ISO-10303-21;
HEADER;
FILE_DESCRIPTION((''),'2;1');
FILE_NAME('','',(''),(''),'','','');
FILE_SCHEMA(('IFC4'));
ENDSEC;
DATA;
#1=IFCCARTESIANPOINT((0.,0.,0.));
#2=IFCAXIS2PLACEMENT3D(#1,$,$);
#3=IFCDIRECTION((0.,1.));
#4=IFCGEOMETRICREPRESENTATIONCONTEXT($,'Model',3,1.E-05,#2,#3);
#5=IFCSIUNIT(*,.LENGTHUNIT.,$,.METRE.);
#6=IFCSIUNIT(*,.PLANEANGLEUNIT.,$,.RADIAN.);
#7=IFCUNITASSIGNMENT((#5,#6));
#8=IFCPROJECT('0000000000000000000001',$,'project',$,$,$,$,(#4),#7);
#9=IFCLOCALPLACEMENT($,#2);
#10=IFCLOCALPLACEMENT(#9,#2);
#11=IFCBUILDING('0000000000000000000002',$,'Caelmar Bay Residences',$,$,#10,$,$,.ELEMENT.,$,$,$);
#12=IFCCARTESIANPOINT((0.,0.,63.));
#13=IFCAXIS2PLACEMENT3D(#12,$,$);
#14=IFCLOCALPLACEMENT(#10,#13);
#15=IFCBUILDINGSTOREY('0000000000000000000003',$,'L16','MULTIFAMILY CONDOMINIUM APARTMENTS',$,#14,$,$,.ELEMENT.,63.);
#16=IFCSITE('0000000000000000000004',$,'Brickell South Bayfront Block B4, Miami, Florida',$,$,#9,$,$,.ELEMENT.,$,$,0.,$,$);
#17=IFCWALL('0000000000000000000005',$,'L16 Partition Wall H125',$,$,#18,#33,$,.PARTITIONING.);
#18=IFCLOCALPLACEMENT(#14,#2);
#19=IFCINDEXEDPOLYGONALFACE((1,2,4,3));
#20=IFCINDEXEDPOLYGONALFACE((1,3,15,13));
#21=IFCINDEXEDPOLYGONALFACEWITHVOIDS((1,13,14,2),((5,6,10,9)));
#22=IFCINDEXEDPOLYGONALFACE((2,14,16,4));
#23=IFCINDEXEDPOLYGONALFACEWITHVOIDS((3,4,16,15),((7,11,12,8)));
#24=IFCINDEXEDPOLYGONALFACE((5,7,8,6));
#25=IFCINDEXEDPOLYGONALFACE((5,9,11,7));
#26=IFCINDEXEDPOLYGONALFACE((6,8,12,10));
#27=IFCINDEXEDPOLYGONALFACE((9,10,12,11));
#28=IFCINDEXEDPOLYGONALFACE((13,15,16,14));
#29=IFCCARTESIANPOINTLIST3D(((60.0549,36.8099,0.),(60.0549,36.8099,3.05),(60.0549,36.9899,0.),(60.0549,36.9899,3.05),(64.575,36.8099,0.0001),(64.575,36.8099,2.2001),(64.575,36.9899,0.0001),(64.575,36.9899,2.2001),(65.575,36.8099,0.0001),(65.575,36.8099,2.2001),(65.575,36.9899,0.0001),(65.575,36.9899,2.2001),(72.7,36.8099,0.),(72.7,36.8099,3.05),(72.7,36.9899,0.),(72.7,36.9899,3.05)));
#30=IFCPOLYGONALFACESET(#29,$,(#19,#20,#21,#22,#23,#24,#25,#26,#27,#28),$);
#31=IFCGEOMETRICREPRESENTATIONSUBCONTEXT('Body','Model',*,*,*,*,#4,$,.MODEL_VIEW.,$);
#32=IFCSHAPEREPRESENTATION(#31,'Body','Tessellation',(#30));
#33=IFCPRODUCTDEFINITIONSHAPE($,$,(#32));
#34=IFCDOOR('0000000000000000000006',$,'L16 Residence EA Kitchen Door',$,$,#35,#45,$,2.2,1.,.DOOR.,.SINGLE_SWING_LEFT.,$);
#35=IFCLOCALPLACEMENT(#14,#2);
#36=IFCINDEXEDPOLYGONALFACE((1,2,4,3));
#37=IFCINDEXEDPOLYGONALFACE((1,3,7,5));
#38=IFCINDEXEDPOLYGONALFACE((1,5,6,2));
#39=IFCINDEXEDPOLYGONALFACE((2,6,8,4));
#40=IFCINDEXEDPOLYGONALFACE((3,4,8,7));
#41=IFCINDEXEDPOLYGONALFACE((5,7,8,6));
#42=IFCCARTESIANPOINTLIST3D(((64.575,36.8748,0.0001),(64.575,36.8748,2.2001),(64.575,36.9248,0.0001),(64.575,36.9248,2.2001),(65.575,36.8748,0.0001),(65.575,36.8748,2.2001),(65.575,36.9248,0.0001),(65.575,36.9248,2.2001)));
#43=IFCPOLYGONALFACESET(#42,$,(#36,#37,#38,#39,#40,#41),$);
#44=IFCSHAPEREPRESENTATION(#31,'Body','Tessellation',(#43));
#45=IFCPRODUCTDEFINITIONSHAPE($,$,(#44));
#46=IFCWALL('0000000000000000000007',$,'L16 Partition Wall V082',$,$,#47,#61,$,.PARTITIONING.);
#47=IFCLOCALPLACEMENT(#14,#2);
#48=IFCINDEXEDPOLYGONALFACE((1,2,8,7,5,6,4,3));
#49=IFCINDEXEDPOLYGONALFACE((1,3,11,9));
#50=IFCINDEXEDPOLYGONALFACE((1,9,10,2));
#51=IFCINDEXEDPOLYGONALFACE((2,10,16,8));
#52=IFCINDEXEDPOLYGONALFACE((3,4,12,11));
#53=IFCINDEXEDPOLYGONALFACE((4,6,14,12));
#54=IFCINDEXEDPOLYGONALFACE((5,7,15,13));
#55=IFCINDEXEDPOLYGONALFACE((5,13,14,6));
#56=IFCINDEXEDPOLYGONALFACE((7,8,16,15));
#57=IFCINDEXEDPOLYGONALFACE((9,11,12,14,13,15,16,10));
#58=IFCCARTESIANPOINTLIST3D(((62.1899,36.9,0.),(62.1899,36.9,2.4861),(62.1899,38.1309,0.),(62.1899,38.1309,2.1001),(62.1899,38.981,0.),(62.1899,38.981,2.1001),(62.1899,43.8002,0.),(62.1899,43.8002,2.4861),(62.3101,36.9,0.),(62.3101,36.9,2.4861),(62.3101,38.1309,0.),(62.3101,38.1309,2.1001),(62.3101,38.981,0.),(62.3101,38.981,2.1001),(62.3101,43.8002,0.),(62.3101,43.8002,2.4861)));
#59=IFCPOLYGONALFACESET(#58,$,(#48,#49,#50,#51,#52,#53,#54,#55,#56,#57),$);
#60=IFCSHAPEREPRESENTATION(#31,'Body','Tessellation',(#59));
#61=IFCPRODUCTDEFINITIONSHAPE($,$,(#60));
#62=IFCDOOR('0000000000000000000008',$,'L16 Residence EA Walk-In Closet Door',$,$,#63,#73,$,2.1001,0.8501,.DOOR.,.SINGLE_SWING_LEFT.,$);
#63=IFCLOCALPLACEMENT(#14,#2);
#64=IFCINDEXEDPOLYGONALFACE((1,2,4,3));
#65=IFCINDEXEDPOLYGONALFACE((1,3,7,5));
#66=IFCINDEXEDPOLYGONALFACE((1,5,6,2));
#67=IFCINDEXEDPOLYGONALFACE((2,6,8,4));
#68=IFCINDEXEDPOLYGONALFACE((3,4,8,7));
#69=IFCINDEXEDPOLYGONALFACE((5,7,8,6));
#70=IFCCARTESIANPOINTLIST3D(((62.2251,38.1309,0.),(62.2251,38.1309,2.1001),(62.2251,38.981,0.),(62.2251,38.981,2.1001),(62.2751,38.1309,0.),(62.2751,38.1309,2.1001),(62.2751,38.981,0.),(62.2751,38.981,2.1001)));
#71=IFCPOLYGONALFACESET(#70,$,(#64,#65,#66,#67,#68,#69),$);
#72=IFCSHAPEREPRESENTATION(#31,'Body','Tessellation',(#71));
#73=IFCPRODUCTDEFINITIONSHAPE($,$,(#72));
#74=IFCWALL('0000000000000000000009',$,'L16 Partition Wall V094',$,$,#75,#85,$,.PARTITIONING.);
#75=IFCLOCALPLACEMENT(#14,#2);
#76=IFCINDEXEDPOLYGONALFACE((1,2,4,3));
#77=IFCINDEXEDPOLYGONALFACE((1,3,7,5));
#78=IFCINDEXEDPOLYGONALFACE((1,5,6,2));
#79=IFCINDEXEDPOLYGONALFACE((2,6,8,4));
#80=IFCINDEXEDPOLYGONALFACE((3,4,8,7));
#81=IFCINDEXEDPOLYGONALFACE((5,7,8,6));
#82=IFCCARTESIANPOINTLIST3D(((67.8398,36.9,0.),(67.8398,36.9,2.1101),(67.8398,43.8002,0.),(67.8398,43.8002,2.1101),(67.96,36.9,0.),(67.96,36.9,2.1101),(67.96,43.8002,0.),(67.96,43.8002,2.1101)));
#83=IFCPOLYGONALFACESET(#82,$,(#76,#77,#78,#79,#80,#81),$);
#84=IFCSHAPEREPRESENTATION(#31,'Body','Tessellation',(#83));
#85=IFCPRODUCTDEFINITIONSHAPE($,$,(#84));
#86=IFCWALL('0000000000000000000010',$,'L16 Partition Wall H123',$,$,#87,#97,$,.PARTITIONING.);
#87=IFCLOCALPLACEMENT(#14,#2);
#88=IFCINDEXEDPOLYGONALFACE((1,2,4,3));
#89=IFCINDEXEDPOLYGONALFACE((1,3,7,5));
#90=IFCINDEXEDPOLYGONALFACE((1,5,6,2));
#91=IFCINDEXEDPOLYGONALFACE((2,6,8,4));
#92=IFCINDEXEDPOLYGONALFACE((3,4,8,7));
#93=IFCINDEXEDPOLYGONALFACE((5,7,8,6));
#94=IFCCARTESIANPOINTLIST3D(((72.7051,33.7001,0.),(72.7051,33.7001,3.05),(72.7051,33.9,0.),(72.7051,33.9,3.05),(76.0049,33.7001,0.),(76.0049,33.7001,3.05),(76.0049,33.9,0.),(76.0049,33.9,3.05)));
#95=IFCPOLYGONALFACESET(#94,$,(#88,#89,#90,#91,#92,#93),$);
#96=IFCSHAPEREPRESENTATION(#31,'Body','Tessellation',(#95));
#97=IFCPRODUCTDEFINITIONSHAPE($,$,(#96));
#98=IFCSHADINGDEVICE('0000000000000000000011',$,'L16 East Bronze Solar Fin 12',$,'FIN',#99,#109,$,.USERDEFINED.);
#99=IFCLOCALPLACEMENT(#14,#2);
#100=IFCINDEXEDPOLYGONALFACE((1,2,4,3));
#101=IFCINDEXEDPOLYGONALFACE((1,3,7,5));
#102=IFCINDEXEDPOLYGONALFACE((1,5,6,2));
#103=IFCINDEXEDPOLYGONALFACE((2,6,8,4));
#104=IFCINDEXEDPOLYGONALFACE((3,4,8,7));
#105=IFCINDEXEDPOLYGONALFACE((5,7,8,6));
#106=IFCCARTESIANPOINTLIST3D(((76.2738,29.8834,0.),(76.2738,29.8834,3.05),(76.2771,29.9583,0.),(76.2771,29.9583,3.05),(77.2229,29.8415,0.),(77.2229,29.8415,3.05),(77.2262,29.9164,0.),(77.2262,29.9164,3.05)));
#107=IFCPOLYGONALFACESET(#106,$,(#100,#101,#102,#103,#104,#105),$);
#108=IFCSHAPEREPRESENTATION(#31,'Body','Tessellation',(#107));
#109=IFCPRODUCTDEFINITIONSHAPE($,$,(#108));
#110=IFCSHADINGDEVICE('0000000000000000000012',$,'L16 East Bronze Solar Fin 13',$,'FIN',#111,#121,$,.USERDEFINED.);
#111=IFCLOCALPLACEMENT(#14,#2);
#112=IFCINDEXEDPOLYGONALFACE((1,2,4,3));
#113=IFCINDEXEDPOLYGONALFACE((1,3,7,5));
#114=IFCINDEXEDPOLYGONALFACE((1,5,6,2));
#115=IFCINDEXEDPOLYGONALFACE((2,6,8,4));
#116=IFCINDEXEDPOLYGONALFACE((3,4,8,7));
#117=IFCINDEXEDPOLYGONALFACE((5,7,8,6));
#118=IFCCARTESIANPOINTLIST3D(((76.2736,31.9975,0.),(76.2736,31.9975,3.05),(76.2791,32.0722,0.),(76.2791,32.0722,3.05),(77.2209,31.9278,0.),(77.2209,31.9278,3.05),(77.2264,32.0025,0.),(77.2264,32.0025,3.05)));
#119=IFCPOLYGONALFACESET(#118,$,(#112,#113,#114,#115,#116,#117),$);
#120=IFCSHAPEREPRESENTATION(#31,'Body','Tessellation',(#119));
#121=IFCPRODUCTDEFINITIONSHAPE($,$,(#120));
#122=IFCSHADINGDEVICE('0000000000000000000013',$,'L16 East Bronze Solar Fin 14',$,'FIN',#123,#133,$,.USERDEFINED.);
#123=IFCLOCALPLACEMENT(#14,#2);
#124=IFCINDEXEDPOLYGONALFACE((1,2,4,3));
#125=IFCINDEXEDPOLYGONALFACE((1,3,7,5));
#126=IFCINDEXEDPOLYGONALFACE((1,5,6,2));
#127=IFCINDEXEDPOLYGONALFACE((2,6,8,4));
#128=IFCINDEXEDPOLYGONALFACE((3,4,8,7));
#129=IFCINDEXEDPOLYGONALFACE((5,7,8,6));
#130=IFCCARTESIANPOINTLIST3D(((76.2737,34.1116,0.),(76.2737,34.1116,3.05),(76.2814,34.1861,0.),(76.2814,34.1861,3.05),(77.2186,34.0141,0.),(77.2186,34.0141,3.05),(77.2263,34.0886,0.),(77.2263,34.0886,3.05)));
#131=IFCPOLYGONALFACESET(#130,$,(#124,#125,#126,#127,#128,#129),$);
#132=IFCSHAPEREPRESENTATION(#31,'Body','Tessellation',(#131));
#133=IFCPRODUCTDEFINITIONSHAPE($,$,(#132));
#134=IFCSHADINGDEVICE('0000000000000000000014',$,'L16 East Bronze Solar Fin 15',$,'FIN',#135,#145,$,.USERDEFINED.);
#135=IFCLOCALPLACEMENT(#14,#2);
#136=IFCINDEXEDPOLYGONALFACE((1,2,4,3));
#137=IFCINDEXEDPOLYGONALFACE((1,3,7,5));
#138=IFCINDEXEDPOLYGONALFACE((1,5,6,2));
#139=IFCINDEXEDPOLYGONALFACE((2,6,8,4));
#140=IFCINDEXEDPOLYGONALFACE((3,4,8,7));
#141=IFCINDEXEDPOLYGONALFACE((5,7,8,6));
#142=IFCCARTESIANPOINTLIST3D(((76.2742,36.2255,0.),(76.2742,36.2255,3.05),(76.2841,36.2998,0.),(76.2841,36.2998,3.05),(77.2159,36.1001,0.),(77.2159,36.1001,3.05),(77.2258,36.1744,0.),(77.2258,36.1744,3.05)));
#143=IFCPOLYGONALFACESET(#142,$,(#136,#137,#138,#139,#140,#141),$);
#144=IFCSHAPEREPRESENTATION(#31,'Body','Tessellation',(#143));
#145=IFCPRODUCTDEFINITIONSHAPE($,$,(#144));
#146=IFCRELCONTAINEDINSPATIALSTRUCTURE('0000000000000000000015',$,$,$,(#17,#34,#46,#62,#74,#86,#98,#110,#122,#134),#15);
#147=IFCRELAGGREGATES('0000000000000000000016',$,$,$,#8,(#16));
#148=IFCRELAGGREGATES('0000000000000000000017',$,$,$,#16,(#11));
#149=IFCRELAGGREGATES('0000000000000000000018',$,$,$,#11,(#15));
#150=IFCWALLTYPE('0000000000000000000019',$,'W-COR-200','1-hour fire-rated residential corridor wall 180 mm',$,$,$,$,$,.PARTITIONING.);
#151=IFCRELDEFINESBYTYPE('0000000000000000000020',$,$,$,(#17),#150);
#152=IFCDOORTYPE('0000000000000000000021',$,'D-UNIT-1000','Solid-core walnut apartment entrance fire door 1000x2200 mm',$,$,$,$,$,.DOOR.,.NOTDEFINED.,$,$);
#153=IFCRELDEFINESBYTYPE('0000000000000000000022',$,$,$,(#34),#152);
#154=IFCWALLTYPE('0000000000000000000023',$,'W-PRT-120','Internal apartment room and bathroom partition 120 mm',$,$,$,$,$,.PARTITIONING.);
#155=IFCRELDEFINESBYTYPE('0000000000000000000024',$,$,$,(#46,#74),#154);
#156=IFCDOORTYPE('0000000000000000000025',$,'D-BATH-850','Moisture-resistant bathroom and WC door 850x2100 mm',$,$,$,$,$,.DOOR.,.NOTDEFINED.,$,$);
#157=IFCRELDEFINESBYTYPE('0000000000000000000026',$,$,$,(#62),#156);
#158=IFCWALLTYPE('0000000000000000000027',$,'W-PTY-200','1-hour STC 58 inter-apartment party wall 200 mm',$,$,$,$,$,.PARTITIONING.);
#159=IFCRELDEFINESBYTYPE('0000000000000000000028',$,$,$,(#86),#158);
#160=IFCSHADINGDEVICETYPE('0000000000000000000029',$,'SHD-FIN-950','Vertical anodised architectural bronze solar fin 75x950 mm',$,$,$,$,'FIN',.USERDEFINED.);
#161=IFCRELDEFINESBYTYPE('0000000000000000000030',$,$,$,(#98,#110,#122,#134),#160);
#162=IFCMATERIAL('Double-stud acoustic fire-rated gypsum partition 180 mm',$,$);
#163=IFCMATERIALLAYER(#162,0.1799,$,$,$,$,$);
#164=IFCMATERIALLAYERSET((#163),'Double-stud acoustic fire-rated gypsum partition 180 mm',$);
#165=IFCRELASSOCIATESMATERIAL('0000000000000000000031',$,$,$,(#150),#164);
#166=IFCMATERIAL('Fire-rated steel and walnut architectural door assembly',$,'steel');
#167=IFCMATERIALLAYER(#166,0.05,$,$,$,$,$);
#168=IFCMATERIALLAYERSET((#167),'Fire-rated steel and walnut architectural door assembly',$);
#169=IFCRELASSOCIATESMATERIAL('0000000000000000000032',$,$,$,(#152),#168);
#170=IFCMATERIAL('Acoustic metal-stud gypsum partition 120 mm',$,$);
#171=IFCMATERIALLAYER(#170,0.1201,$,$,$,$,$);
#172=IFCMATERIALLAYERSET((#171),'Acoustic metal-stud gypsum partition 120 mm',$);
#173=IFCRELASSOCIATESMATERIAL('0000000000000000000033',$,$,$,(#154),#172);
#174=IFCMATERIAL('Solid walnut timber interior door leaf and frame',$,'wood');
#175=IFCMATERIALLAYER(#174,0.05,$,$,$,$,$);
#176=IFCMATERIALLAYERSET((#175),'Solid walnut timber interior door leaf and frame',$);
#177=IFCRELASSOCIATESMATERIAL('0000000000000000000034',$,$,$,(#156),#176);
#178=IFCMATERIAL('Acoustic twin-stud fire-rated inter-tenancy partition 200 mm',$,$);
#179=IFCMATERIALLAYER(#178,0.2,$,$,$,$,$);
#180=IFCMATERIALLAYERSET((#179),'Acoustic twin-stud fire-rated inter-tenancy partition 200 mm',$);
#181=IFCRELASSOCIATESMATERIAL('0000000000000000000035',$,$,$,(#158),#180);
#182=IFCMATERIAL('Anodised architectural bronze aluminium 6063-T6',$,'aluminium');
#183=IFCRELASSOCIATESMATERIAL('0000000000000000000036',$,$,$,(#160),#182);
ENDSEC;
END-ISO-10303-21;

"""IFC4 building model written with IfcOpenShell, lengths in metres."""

from ifc_helpers import new_model, si_unit, direction, frame, frame_2d, origin, origin_2d, place, context, subcontext, project, spatial, rectangle, extrude, material, layer, layer_set, material_profile, profile_set, type_object, element, fill, save


model = new_model("IFC4")

# Units and contexts
model_context = context("Model", 3, precision=1e-05, world=origin(), true_north=direction((0.0, 1.0)))
body_context = subcontext(model_context, "Body", "Model", "MODEL_VIEW")
ifc_project = project(units=[si_unit("LENGTHUNIT", "METRE"), si_unit("PLANEANGLEUNIT", "RADIAN")], contexts=[model_context])

# Site, building, storey
site_placement = place(None, origin())
site = spatial("IfcSite", under=ifc_project, at=site_placement, Name="Brickell South Bayfront Block B4, Miami, Florida", CompositionType="ELEMENT", RefElevation=0.0)
building_placement = place(site_placement, origin())
building = spatial("IfcBuilding", under=site, at=building_placement, Name="Caelmar Bay Residences", CompositionType="ELEMENT")
storey_placement = place(building_placement, frame((0.0, 0.0, 63.0)))
storey = spatial("IfcBuildingStorey", under=building, at=storey_placement, Name="L16", Description="MULTIFAMILY CONDOMINIUM APARTMENTS", CompositionType="ELEMENT", Elevation=63.0)

# Shared definitions
ifc_material_1 = material(Name="Double-stud acoustic fire-rated gypsum partition 180 mm")
ifc_layer_1 = layer(ifc_material_1, 0.1799)
ifc_layer_set_1 = layer_set([ifc_layer_1], Name="Double-stud acoustic fire-rated gypsum partition 180 mm")
wall_type_1 = type_object("IfcWallType", Name="W-COR-200", Description="1-hour fire-rated residential corridor wall 180 mm", PredefinedType="PARTITIONING", material=ifc_layer_set_1)

# Walls, openings, doors
wall_1_placement = place(storey_placement, frame((60.0549, 36.8999, 0.0), z_axis=(0.0, 0.0, 1.0), x_axis=(1.0, 0.0, 0.0)))
wall_1 = element("IfcWall", 1, at=wall_1_placement, inside=storey, type_object=wall_type_1, Name="L16 Partition Wall H125", PredefinedType="PARTITIONING", context=body_context, shape_type="SweptSolid", body=[
    extrude(rectangle(XDim=12.645, YDim=0.1799, at=frame_2d((6.3225, 0.0))), origin(), (0.0, 0.0, 1.0), 3.05),
])
opening_1_placement = place(wall_1_placement, frame((4.52, 0.0, 0.0)))
opening_1 = element("IfcOpeningElement", 2, at=opening_1_placement, cuts=wall_1, PredefinedType="OPENING", context=body_context, shape_type="SweptSolid", body=[
    extrude(rectangle(XDim=1.0, YDim=2.2, at=frame_2d((0.5, 1.1001))), frame((0.0, 0.0999, 0.0), z_axis=(0.0, -1.0, 0.0), x_axis=(1.0, 0.0, 0.0)), (0.0, 0.0, 1.0), 0.2),
])
ifc_material_2 = material(Name="Fire-rated steel and walnut architectural door assembly", Category="steel")
ifc_layer_2 = layer(ifc_material_2, 0.05)
ifc_layer_set_2 = layer_set([ifc_layer_2], Name="Fire-rated steel and walnut architectural door assembly")
door_type_1 = type_object("IfcDoorType", Name="D-UNIT-1000", Description="Solid-core walnut apartment entrance fire door 1000x2200 mm", OperationType="NOTDEFINED", PredefinedType="DOOR", material=ifc_layer_set_2)
door_1_placement = place(opening_1_placement, origin())
door_1 = element("IfcDoor", 3, at=door_1_placement, inside=storey, type_object=door_type_1, Name="L16 Residence EA Kitchen Door", OperationType="SINGLE_SWING_LEFT", OverallHeight=2.2, OverallWidth=1.0, PredefinedType="DOOR", context=body_context, shape_type="SweptSolid", body=[
    extrude(rectangle(XDim=1.0, YDim=2.2, at=frame_2d((0.5, 1.1001))), frame((0.0, 0.0249, 0.0), z_axis=(0.0, -1.0, 0.0), x_axis=(1.0, 0.0, 0.0)), (0.0, 0.0, 1.0), 0.05),
])
fill(opening_1, door_1)
ifc_material_3 = material(Name="Acoustic metal-stud gypsum partition 120 mm")
ifc_layer_3 = layer(ifc_material_3, 0.1201)
ifc_layer_set_3 = layer_set([ifc_layer_3], Name="Acoustic metal-stud gypsum partition 120 mm")
wall_type_2 = type_object("IfcWallType", Name="W-PRT-120", Description="Internal apartment room and bathroom partition 120 mm", PredefinedType="PARTITIONING", material=ifc_layer_set_3)
wall_2_placement = place(storey_placement, frame((62.25, 36.8999, 0.0), z_axis=(0.0, 0.0, 1.0), x_axis=(0.0, 1.0, 0.0)))
wall_2 = element("IfcWall", 4, at=wall_2_placement, inside=storey, type_object=wall_type_2, Name="L16 Partition Wall V082", PredefinedType="PARTITIONING", context=body_context, shape_type="SweptSolid", body=[
    extrude(rectangle(XDim=6.9001, YDim=0.1201, at=frame_2d((3.4502, 0.0))), origin(), (0.0, 0.0, 1.0), 2.4861),
])
opening_2_placement = place(wall_2_placement, frame((1.231, 0.0, 0.0)))
opening_2 = element("IfcOpeningElement", 5, at=opening_2_placement, cuts=wall_2, PredefinedType="OPENING", context=body_context, shape_type="SweptSolid", body=[
    extrude(rectangle(XDim=0.8501, YDim=2.1001, at=frame_2d((0.425, 1.05))), frame((0.0, 0.0701, 0.0), z_axis=(0.0, -1.0, 0.0), x_axis=(1.0, 0.0, 0.0)), (0.0, 0.0, 1.0), 0.1401),
])
ifc_material_4 = material(Name="Solid walnut timber interior door leaf and frame", Category="wood")
ifc_layer_4 = layer(ifc_material_4, 0.05)
ifc_layer_set_4 = layer_set([ifc_layer_4], Name="Solid walnut timber interior door leaf and frame")
door_type_2 = type_object("IfcDoorType", Name="D-BATH-850", Description="Moisture-resistant bathroom and WC door 850x2100 mm", OperationType="NOTDEFINED", PredefinedType="DOOR", material=ifc_layer_set_4)
door_2_placement = place(opening_2_placement, origin())
door_2 = element("IfcDoor", 6, at=door_2_placement, inside=storey, type_object=door_type_2, Name="L16 Residence EA Walk-In Closet Door", OperationType="SINGLE_SWING_LEFT", OverallHeight=2.1001, OverallWidth=0.8501, PredefinedType="DOOR", context=body_context, shape_type="SweptSolid", body=[
    extrude(rectangle(XDim=0.8501, YDim=2.1001, at=frame_2d((0.425, 1.05))), frame((0.0, 0.0249, 0.0), z_axis=(0.0, -1.0, 0.0), x_axis=(1.0, 0.0, 0.0)), (0.0, 0.0, 1.0), 0.05),
])
fill(opening_2, door_2)

# Walls
wall_3_placement = place(storey_placement, frame((67.8999, 36.8999, 0.0), z_axis=(0.0, 0.0, 1.0), x_axis=(0.0, 1.0, 0.0)))
element("IfcWall", 7, at=wall_3_placement, inside=storey, type_object=wall_type_2, Name="L16 Partition Wall V094", PredefinedType="PARTITIONING", context=body_context, shape_type="SweptSolid", body=[
    extrude(rectangle(XDim=6.9001, YDim=0.1201, at=frame_2d((3.4502, 0.0))), origin(), (0.0, 0.0, 1.0), 2.1101),
])
ifc_material_5 = material(Name="Acoustic twin-stud fire-rated inter-tenancy partition 200 mm")
ifc_layer_5 = layer(ifc_material_5, 0.2)
ifc_layer_set_5 = layer_set([ifc_layer_5], Name="Acoustic twin-stud fire-rated inter-tenancy partition 200 mm")
wall_type_3 = type_object("IfcWallType", Name="W-PTY-200", Description="1-hour STC 58 inter-apartment party wall 200 mm", PredefinedType="PARTITIONING", material=ifc_layer_set_5)
wall_4_placement = place(storey_placement, frame((72.7051, 33.8, 0.0), z_axis=(0.0, 0.0, 1.0), x_axis=(1.0, 0.0, 0.0)))
element("IfcWall", 8, at=wall_4_placement, inside=storey, type_object=wall_type_3, Name="L16 Partition Wall H123", PredefinedType="PARTITIONING", context=body_context, shape_type="SweptSolid", body=[
    extrude(rectangle(XDim=3.2998, YDim=0.2, at=frame_2d((1.6499, 0.0))), origin(), (0.0, 0.0, 1.0), 3.05),
])

# Shading devices
ifc_material_6 = material(Name="Anodised architectural bronze aluminium 6063-T6", Category="aluminium")
ifc_material_profile_1 = material_profile(ifc_material_6, rectangle(XDim=0.075, YDim=0.95, at=origin_2d()), Name="BRONZE-FIN-75X950")
ifc_profile_set_1 = profile_set([ifc_material_profile_1], Name="Anodised architectural bronze aluminium 6063-T6")
shading_device_type = type_object("IfcShadingDeviceType", Name="SHD-FIN-950", Description="Vertical anodised architectural bronze solar fin 75x950 mm", ElementType="FIN", PredefinedType="USERDEFINED", material=ifc_profile_set_1)
for number, where, z_axis, x_axis, name in (
    (9, (76.75, 29.8999, 0.0), (0.0, 0.0, 1.0), (0.044142, 0.999025, 0.0), "L16 East Bronze Solar Fin 12"),
    (10, (76.75, 32.0, 0.0), (0.0, 0.0, 1.0), (0.073412, 0.997302, 0.0), "L16 East Bronze Solar Fin 13"),
    (11, (76.75, 34.1001, 0.0), (0.0, 0.0, 1.0), (0.102619, 0.994721, 0.0), "L16 East Bronze Solar Fin 14"),
    (12, (76.75, 36.2, 0.0), (0.0, 0.0, 1.0), (0.13191, 0.991262, 0.0), "L16 East Bronze Solar Fin 15"),
):
    element("IfcShadingDevice", number, at=place(storey_placement, frame(where, z_axis=z_axis, x_axis=x_axis)), inside=storey, type_object=shading_device_type, Name=name, ObjectType="FIN", PredefinedType="USERDEFINED", context=body_context, shape_type="SweptSolid", body=[
        extrude(rectangle(XDim=0.075, YDim=0.95, at=origin_2d()), origin(), (0.0, 0.0, 1.0), 3.05),
    ])

save(model, "model.ifc")
